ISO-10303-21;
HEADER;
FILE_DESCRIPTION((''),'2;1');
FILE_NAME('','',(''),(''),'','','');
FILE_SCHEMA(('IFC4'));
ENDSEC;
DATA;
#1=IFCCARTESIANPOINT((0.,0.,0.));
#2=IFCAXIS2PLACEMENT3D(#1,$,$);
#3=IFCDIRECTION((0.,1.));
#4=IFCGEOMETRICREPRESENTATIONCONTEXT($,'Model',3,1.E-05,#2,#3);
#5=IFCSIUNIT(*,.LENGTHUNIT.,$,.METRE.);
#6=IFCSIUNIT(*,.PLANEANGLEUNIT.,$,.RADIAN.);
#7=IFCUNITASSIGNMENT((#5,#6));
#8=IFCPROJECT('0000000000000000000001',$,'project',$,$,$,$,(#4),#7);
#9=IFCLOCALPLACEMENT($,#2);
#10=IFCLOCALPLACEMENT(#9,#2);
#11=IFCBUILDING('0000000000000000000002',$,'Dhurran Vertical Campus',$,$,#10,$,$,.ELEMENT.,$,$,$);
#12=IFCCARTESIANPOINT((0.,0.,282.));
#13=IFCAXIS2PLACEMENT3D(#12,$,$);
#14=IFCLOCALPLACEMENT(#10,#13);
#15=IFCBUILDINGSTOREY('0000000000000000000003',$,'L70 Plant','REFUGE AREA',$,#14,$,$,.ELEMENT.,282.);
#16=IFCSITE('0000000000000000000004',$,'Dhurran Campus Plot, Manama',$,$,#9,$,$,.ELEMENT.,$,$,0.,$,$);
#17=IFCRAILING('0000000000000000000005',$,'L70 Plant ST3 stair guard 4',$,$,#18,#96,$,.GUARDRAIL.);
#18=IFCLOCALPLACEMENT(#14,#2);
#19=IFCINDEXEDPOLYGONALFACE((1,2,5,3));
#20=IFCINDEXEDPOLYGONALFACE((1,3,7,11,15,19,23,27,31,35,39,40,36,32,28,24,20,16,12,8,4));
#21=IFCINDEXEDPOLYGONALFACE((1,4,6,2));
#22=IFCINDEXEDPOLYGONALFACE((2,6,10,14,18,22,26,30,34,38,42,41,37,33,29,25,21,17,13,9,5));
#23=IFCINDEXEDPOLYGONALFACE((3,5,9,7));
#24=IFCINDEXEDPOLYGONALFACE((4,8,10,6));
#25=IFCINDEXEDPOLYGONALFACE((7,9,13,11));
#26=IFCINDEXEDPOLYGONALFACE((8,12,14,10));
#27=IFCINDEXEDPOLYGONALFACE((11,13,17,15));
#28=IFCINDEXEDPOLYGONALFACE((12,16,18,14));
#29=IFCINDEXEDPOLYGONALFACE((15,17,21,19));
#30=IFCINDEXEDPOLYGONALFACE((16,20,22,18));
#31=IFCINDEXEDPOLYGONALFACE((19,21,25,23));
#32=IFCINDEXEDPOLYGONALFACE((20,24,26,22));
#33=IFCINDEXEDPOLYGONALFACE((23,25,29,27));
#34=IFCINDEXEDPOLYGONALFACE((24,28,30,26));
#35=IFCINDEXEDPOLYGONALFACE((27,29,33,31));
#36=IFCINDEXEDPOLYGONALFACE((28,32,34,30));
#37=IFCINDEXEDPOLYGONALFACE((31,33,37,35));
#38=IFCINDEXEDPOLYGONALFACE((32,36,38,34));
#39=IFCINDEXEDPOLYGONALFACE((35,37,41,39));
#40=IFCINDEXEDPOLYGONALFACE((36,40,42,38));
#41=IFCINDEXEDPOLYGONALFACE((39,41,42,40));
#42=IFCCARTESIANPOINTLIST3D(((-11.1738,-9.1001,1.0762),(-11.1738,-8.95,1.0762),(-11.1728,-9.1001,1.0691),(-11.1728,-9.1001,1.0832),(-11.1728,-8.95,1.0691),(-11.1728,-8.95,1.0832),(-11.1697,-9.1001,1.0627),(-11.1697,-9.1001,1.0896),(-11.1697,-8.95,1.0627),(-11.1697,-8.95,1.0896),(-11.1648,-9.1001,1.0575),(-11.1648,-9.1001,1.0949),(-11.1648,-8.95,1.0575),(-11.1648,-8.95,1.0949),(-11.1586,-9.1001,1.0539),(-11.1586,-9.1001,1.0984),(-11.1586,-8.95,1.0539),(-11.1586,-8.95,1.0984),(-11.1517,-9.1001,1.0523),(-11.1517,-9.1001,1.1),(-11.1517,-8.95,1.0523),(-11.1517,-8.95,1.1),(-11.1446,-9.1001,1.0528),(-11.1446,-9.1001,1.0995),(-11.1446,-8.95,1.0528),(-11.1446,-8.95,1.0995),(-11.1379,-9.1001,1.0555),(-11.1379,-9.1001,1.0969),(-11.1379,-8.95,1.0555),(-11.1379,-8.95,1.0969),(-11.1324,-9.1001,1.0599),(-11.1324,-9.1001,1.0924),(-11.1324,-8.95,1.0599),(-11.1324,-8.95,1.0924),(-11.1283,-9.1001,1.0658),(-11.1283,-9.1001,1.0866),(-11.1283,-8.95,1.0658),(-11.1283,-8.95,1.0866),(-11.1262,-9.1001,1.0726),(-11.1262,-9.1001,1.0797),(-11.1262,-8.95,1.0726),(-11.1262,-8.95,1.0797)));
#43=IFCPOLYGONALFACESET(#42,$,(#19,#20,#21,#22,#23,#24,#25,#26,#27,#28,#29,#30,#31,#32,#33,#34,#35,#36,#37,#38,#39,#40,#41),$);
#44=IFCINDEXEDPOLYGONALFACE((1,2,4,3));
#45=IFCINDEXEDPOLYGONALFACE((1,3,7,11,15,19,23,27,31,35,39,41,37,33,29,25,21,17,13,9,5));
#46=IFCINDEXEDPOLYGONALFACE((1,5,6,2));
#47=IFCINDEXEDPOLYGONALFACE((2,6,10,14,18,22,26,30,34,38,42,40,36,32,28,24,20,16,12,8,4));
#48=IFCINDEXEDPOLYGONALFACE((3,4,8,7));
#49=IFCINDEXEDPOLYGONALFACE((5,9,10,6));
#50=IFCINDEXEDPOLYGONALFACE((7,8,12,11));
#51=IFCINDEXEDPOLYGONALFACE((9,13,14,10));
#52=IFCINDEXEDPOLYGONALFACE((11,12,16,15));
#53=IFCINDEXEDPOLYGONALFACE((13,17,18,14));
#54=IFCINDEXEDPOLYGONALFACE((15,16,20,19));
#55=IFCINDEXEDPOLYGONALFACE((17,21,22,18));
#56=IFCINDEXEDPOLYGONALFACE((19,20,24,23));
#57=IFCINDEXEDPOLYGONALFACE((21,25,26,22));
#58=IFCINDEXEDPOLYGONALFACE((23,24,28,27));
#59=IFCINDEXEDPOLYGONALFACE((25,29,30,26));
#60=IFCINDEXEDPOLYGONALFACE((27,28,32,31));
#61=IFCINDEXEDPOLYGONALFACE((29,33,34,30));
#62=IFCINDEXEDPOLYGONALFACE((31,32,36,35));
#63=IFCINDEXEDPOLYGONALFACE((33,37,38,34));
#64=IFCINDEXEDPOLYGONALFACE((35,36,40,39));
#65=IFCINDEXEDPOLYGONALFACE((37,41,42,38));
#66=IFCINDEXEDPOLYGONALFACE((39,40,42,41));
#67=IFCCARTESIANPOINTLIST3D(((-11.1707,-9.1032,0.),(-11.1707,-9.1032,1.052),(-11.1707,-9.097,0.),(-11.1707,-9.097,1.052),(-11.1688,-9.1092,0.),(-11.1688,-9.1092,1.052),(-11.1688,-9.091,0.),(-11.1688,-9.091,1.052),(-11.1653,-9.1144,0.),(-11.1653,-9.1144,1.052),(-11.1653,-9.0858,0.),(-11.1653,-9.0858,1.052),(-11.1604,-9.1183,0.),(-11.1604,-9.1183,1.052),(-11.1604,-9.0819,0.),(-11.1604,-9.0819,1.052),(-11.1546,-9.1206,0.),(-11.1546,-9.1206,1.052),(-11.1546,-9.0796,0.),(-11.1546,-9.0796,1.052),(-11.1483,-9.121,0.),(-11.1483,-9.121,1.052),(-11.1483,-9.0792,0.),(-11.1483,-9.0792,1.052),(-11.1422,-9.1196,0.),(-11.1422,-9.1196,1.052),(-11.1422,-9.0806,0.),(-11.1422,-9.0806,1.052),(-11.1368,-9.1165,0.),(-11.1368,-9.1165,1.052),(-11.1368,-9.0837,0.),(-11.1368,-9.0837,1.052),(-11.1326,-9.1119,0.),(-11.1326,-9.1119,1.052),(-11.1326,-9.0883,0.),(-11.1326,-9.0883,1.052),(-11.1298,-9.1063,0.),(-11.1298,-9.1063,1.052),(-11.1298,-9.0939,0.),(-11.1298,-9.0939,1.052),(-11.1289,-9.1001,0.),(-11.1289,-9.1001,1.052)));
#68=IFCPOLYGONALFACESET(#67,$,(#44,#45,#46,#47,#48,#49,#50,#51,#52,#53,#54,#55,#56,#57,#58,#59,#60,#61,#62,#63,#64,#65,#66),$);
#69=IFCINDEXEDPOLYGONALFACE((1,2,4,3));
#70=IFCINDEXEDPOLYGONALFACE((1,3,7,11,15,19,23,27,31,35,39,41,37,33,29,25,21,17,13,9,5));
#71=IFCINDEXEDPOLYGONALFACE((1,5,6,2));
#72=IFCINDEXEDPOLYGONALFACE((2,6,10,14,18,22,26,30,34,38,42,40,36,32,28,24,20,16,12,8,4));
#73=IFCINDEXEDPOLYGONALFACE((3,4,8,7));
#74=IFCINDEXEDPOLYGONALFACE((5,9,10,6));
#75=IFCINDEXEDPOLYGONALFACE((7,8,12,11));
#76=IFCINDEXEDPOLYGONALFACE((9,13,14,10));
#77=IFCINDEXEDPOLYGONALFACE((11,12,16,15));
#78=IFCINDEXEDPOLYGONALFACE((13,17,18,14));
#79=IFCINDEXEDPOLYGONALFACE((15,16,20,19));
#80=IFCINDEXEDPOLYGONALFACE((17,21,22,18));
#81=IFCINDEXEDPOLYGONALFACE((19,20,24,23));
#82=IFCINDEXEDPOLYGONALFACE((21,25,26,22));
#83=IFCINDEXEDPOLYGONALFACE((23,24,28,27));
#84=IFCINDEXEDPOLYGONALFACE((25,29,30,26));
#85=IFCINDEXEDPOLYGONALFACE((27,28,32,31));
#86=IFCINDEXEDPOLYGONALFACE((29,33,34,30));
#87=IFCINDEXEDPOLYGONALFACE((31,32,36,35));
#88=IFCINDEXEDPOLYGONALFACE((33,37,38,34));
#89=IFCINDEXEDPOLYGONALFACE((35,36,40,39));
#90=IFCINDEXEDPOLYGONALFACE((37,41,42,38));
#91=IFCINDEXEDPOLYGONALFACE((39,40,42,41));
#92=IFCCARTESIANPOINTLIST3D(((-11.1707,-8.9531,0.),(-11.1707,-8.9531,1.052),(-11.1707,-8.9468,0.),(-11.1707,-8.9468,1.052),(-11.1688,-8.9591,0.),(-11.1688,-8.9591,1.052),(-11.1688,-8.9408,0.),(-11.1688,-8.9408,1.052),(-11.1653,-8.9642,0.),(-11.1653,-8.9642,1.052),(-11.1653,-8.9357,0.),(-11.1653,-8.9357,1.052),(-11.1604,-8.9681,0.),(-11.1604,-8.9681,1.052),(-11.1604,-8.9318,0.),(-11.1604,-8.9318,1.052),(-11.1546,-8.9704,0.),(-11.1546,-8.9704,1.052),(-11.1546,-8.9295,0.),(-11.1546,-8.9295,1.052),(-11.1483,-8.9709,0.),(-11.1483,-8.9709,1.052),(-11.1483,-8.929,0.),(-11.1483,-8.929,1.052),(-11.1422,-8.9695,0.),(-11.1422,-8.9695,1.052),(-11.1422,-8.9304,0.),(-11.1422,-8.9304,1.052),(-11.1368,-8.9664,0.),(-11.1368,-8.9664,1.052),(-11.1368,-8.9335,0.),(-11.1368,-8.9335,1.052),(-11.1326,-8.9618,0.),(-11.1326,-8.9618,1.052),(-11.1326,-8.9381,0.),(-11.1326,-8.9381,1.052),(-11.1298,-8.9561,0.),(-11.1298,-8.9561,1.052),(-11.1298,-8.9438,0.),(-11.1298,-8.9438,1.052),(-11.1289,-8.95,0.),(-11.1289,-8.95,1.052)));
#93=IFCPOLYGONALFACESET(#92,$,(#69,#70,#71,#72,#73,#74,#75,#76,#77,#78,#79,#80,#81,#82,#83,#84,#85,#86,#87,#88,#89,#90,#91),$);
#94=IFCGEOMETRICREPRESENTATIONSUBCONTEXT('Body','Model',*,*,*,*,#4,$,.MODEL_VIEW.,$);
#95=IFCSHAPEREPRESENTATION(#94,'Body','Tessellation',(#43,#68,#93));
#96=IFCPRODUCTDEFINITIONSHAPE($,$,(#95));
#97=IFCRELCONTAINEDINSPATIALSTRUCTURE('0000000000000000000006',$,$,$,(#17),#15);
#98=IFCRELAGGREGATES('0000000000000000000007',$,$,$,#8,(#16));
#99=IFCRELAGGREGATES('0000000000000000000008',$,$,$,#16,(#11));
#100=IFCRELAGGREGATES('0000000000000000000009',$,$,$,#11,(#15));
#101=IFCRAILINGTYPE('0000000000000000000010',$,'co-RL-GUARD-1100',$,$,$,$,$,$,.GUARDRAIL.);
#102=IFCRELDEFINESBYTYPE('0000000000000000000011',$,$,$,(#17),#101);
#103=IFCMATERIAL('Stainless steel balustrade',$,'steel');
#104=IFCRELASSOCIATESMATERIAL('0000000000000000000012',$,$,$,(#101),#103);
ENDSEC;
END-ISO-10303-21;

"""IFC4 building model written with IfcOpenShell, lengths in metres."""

from ifc_helpers import new_model, si_unit, direction, frame, origin, origin_2d, place, context, subcontext, project, spatial, circle, extrude, material, type_object, element, save


model = new_model("IFC4")

# Units and contexts
model_context = context("Model", 3, precision=1e-05, world=origin(), true_north=direction((0.0, 1.0)))
body_context = subcontext(model_context, "Body", "Model", "MODEL_VIEW")
ifc_project = project(units=[si_unit("LENGTHUNIT", "METRE"), si_unit("PLANEANGLEUNIT", "RADIAN")], contexts=[model_context])

# Site, building, storey
site_placement = place(None, origin())
site = spatial("IfcSite", under=ifc_project, at=site_placement, Name="Dhurran Campus Plot, Manama", CompositionType="ELEMENT", RefElevation=0.0)
building_placement = place(site_placement, origin())
building = spatial("IfcBuilding", under=site, at=building_placement, Name="Dhurran Vertical Campus", CompositionType="ELEMENT")
storey_placement = place(building_placement, frame((0.0, 0.0, 282.0)))
storey = spatial("IfcBuildingStorey", under=building, at=storey_placement, Name="L70 Plant", Description="REFUGE AREA", CompositionType="ELEMENT", Elevation=282.0)

# Railing
ifc_material_1 = material(Name="Stainless steel balustrade", Category="steel")
railing_type_1 = type_object("IfcRailingType", Name="co-RL-GUARD-1100", PredefinedType="GUARDRAIL", material=ifc_material_1)
railing_1_placement = place(storey_placement, frame((-11.1499, -9.1001, 0.0)))
element("IfcRailing", 1, at=railing_1_placement, inside=storey, type_object=railing_type_1, Name="L70 Plant ST3 stair guard 4", PredefinedType="GUARDRAIL", context=body_context, shape_type="SweptSolid", body=[
    extrude(circle(Radius=0.0239, at=origin_2d()), frame((0.0, 0.0, 1.0762), z_axis=(0.0, 1.0, 0.0), x_axis=(-1.0, 0.0, 0.0)), (0.0, 0.0, 1.0), 0.1501),
    extrude(circle(Radius=0.021, at=origin_2d()), origin(), (0.0, 0.0, 1.0), 1.052),
    extrude(circle(Radius=0.021, at=origin_2d()), frame((0.0, 0.1501, 0.0)), (0.0, 0.0, 1.0), 1.052),
])

save(model, "model.ifc")
